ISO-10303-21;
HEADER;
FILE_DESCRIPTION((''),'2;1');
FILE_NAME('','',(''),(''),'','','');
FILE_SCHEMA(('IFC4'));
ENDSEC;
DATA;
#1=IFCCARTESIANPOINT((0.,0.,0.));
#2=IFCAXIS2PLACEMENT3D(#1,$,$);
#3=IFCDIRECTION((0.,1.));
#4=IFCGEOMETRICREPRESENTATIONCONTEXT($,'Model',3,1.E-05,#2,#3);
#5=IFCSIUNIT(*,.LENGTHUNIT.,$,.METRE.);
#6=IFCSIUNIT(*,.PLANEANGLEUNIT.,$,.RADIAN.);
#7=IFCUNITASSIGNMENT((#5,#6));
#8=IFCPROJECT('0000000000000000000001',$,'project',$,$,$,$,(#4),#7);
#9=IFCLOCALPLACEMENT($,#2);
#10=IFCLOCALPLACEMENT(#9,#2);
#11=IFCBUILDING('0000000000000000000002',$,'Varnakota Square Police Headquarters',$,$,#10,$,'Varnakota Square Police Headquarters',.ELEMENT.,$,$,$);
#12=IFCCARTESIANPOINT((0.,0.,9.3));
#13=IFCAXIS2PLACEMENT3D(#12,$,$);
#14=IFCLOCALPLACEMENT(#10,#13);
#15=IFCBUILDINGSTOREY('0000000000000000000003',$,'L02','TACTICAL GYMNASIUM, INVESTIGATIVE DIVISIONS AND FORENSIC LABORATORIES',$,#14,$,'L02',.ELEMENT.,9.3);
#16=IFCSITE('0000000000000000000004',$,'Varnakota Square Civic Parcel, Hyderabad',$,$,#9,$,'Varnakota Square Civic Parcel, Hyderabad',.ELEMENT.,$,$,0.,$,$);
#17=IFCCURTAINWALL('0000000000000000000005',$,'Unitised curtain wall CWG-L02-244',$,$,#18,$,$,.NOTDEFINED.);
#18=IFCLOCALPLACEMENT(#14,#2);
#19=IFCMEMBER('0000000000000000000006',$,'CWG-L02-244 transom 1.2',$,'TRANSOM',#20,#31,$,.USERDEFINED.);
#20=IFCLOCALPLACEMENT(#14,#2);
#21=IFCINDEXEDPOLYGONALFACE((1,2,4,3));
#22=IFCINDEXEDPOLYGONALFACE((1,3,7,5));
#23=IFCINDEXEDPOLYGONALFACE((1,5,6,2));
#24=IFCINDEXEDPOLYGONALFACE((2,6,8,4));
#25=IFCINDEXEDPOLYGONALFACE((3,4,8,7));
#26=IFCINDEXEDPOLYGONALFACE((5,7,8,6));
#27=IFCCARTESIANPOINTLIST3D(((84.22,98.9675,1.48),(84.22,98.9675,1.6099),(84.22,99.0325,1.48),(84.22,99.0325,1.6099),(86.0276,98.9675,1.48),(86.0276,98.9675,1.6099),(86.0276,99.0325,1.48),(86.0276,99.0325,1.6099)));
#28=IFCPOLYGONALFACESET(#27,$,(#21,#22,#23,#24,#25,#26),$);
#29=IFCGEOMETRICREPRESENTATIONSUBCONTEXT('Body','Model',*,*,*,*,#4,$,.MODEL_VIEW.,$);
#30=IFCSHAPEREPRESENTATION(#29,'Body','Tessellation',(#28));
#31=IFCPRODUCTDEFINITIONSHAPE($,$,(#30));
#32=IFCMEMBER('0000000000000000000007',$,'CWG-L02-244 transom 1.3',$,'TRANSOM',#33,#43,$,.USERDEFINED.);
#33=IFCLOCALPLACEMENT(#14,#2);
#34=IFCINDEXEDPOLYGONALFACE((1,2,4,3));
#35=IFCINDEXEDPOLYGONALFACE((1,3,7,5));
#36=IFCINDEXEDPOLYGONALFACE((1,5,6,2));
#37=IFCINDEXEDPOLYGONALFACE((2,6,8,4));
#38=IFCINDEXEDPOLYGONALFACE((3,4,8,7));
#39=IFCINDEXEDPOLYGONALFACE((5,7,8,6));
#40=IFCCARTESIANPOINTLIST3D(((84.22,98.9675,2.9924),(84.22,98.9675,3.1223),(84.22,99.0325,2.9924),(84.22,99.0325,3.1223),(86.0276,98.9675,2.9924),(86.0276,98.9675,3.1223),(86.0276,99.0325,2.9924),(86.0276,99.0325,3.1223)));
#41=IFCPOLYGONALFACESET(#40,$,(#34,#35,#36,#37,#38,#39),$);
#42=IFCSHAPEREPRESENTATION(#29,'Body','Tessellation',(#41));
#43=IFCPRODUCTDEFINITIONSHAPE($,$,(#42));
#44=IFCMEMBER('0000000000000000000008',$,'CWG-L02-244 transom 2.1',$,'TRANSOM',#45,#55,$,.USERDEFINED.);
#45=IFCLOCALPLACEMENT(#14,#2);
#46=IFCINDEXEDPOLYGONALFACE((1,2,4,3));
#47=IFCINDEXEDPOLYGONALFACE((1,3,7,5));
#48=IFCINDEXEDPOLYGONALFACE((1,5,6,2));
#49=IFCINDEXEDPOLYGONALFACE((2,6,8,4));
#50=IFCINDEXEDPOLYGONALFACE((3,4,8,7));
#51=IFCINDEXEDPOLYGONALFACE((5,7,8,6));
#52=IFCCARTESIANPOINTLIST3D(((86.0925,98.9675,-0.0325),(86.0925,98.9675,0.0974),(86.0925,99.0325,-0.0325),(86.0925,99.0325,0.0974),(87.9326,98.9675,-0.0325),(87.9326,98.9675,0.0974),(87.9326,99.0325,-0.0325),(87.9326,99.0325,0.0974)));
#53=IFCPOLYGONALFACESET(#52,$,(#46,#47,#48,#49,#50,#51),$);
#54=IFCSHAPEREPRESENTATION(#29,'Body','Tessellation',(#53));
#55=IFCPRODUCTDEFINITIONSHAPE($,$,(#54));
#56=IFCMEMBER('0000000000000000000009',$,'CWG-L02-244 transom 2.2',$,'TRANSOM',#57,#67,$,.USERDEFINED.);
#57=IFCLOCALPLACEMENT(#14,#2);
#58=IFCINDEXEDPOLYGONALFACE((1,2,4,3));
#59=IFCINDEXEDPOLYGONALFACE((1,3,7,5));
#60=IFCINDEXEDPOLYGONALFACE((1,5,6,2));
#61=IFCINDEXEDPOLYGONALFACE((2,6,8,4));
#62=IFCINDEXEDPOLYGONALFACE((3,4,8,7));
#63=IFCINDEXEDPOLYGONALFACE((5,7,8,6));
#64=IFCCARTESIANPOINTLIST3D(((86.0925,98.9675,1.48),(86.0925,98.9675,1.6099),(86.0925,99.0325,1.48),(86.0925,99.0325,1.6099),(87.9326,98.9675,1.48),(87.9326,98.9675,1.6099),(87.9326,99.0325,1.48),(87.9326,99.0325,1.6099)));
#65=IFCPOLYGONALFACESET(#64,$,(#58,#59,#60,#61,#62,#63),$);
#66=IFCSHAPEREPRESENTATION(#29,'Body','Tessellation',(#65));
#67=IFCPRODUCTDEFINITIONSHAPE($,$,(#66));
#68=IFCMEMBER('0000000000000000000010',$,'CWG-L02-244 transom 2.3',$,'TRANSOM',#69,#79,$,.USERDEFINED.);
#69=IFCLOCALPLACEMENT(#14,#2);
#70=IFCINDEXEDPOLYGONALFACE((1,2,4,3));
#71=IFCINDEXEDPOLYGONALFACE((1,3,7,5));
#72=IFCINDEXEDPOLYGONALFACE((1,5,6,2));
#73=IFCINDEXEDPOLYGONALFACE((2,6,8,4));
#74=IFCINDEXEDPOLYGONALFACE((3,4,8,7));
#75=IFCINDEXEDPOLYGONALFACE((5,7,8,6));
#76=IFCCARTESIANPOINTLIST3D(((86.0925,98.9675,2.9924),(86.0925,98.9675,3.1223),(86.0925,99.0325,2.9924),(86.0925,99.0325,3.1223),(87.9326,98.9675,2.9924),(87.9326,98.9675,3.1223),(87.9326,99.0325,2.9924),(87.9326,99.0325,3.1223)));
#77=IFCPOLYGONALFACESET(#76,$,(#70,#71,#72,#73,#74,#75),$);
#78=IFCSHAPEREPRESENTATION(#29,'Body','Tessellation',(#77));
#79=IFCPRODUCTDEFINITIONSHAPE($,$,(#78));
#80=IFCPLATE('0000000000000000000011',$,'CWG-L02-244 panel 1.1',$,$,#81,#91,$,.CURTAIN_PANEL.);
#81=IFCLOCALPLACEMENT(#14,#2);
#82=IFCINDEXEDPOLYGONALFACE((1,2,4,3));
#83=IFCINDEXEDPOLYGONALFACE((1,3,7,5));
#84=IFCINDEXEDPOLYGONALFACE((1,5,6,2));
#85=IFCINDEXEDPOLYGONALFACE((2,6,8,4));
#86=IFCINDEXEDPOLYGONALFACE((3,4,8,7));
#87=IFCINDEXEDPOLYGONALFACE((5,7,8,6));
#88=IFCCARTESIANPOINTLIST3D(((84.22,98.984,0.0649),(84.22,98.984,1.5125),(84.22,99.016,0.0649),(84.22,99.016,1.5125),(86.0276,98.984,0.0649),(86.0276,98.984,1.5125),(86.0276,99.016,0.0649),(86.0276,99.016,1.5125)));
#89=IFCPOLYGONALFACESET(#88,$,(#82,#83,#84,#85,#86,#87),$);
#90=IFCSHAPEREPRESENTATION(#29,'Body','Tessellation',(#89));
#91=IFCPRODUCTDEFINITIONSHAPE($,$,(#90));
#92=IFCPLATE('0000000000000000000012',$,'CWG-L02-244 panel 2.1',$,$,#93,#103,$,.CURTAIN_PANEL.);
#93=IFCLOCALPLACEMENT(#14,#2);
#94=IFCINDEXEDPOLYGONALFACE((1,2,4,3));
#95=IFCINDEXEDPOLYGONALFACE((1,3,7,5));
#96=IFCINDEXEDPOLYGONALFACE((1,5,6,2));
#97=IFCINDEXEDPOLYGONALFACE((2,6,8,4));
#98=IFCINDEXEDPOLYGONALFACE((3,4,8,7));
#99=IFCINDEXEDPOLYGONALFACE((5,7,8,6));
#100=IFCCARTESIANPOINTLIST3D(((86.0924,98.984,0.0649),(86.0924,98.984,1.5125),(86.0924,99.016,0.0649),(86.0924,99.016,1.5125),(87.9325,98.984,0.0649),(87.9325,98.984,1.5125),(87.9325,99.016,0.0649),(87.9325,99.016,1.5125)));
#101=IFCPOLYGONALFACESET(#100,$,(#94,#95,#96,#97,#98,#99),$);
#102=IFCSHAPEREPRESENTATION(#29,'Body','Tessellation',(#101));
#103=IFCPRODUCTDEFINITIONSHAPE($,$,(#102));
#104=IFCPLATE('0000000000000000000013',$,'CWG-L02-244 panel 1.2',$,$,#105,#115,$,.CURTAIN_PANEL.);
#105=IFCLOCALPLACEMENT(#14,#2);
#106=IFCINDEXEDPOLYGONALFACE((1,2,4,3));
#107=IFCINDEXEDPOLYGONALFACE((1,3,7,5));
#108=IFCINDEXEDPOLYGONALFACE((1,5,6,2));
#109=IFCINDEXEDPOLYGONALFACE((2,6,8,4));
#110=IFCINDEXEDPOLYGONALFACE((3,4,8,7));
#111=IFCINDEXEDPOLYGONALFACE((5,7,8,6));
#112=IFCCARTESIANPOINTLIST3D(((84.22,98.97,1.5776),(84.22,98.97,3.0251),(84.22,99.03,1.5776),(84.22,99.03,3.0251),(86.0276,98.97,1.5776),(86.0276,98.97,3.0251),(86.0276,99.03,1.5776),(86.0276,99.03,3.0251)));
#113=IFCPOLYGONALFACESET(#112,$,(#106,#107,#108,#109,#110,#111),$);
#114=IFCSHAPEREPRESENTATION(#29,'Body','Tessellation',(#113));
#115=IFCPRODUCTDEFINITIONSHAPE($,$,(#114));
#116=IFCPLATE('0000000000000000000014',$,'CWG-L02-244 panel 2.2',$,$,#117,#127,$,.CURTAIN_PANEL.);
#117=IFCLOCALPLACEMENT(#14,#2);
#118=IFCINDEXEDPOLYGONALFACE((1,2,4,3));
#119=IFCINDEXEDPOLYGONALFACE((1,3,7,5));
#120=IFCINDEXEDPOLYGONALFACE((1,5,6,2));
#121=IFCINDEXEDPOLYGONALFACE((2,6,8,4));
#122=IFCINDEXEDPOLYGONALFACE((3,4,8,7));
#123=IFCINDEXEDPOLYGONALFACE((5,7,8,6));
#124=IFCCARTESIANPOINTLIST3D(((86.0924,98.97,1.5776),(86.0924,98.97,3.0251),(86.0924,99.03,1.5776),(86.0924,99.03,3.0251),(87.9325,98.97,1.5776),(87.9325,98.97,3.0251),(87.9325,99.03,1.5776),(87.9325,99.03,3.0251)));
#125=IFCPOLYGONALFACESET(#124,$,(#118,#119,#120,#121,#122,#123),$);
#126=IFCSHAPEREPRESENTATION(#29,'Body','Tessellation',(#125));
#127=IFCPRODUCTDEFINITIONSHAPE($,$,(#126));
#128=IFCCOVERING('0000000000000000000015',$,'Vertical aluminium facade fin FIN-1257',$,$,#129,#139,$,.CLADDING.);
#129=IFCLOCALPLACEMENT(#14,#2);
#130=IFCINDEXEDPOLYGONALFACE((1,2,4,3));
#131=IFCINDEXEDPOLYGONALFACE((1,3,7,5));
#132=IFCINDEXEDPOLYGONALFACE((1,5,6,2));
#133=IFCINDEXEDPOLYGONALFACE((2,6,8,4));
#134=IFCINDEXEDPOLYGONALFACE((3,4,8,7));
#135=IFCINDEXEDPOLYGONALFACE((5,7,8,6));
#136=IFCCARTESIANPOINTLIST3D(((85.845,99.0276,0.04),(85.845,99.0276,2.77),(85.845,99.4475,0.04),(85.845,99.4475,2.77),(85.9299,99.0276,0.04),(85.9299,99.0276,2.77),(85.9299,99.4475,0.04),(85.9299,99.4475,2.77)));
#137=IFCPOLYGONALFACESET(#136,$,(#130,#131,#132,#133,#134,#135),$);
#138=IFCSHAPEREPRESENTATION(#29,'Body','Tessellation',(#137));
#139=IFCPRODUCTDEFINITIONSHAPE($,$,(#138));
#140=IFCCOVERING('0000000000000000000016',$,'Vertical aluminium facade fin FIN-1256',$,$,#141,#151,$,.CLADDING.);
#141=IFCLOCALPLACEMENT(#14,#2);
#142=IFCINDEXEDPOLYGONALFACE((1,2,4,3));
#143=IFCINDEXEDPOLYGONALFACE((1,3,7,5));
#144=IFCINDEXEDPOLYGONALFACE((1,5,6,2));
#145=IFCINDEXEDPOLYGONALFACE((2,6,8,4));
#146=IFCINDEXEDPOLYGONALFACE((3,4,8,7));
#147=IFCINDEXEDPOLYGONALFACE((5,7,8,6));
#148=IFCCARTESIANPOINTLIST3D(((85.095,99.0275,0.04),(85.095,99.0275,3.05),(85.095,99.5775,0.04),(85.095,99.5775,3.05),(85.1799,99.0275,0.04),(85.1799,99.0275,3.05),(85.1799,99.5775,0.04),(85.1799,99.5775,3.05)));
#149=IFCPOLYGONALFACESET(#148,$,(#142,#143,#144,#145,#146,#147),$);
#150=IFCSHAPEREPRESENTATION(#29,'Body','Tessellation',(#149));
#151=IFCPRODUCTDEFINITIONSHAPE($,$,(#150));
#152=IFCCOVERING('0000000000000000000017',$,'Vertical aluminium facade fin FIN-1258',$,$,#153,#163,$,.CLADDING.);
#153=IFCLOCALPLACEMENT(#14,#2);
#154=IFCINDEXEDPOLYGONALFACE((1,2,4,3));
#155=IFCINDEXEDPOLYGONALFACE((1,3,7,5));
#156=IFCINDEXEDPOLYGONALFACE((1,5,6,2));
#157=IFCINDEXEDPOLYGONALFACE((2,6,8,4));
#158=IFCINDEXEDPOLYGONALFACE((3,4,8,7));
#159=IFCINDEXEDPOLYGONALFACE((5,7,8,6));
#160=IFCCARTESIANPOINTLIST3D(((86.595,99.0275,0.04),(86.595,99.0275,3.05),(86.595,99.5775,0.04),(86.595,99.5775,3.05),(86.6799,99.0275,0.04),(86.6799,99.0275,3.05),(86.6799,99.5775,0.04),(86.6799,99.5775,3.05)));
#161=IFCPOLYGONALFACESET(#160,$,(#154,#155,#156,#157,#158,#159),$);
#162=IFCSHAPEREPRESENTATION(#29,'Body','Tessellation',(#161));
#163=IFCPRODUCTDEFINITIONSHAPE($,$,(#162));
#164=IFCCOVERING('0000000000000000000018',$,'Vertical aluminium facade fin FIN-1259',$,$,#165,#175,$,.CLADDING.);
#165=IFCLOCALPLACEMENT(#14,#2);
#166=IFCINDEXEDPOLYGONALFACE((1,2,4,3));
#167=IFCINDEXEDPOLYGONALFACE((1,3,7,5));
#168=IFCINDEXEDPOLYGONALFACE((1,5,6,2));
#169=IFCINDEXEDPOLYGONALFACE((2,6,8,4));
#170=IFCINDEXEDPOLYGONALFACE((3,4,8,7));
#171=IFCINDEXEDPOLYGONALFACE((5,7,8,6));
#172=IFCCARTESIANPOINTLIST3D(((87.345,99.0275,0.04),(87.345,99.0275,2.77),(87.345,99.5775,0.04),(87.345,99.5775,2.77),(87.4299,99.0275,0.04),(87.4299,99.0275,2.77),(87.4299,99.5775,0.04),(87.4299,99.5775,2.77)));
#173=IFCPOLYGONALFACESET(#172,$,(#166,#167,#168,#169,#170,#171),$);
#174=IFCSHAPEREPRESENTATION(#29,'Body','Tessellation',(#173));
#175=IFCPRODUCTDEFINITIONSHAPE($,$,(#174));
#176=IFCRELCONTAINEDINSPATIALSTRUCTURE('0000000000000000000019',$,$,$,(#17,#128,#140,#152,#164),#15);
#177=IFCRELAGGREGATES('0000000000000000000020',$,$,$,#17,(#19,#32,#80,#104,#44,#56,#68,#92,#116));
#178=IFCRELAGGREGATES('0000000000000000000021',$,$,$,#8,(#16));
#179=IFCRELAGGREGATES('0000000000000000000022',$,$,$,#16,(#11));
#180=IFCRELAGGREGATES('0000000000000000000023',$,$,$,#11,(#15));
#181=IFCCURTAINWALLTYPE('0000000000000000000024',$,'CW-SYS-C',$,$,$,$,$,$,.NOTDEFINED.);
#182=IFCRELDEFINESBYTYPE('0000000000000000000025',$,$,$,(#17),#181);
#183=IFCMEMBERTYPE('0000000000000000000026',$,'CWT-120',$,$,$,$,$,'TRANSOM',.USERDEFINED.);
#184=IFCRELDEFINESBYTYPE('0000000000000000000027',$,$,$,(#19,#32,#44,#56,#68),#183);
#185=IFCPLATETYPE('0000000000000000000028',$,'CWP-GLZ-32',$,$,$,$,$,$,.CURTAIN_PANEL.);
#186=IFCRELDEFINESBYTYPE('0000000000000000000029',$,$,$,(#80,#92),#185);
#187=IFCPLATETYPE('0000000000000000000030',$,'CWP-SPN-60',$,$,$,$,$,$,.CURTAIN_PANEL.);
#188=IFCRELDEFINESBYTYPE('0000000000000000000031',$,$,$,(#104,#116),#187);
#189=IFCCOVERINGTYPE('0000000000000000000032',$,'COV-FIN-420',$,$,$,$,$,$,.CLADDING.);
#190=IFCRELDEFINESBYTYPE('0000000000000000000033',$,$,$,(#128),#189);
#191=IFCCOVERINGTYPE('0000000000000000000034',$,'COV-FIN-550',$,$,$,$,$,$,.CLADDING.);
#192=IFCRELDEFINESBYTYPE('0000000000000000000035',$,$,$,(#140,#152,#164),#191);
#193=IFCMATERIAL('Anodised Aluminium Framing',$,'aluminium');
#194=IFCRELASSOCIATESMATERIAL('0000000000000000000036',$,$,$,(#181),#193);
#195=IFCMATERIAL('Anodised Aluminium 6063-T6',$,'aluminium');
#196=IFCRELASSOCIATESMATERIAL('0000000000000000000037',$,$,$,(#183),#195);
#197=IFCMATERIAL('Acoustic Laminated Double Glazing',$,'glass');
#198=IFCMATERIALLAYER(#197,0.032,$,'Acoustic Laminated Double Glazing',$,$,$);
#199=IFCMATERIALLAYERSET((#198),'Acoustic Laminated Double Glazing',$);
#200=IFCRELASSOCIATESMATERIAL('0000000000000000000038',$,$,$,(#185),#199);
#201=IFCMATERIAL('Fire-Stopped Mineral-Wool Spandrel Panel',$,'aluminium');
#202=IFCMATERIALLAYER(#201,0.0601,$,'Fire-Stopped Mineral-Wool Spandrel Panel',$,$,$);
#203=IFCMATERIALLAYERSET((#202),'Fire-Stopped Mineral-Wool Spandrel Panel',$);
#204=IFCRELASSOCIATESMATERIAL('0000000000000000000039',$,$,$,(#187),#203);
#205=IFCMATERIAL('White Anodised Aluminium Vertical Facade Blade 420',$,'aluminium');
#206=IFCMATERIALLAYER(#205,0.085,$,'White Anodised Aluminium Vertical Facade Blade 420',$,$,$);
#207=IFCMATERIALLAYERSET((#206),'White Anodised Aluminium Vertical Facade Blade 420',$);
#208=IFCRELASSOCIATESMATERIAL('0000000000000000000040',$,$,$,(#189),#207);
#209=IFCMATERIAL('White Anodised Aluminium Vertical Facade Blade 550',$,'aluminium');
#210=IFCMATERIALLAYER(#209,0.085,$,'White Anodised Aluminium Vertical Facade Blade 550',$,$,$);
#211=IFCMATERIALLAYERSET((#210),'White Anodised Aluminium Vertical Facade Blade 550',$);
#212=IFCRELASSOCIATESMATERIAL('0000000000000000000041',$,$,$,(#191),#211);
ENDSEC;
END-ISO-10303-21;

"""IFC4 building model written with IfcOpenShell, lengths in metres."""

from ifc_helpers import new_model, si_unit, direction, frame, origin, origin_2d, place, context, subcontext, project, spatial, rectangle, extrude, material, layer, layer_set, material_profile, profile_set, type_object, element, aggregate, save


model = new_model("IFC4")

# Units and contexts
model_context = context("Model", 3, precision=1e-05, world=origin(), true_north=direction((0.0, 1.0)))
body_context = subcontext(model_context, "Body", "Model", "MODEL_VIEW")
ifc_project = project(units=[si_unit("LENGTHUNIT", "METRE"), si_unit("PLANEANGLEUNIT", "RADIAN")], contexts=[model_context])

# Site, building, storey
site_placement = place(None, origin())
site = spatial("IfcSite", under=ifc_project, at=site_placement, Name="Varnakota Square Civic Parcel, Hyderabad", LongName="Varnakota Square Civic Parcel, Hyderabad", CompositionType="ELEMENT", RefElevation=0.0)
building_placement = place(site_placement, origin())
building = spatial("IfcBuilding", under=site, at=building_placement, Name="Varnakota Square Police Headquarters", LongName="Varnakota Square Police Headquarters", CompositionType="ELEMENT")
storey_placement = place(building_placement, frame((0.0, 0.0, 9.3)))
storey = spatial("IfcBuildingStorey", under=building, at=storey_placement, Name="L02", Description="TACTICAL GYMNASIUM, INVESTIGATIVE DIVISIONS AND FORENSIC LABORATORIES", LongName="L02", CompositionType="ELEMENT", Elevation=9.3)

# Curtain wall, members, plates
ifc_material_1 = material(Name="Anodised Aluminium Framing", Category="aluminium")
curtain_wall_type = type_object("IfcCurtainWallType", Name="CW-SYS-C", PredefinedType="NOTDEFINED", material=ifc_material_1)
curtain_wall_placement = place(storey_placement, origin())
curtain_wall = element("IfcCurtainWall", 1, at=curtain_wall_placement, inside=storey, type_object=curtain_wall_type, Name="Unitised curtain wall CWG-L02-244", PredefinedType="NOTDEFINED")
ifc_material_2 = material(Name="Anodised Aluminium 6063-T6", Category="aluminium")
ifc_material_profile_1 = material_profile(ifc_material_2, rectangle(XDim=0.0649, YDim=0.1299, at=origin_2d()), Name="ALU TRANSOM 65x130")
ifc_profile_set_1 = profile_set([ifc_material_profile_1], Name="Anodised Aluminium 6063-T6")
member_type_1 = type_object("IfcMemberType", Name="CWT-120", ElementType="TRANSOM", PredefinedType="USERDEFINED", material=ifc_profile_set_1)
member_1_placement = place(storey_placement, frame((84.22, 99.0, 1.5449), z_axis=(1.0, 0.0, 0.0), x_axis=(0.0, 1.0, 0.0)))
member_1 = element("IfcMember", 2, at=member_1_placement, type_object=member_type_1, Name="CWG-L02-244 transom 1.2", ObjectType="TRANSOM", PredefinedType="USERDEFINED", context=body_context, shape_type="SweptSolid", body=[
    extrude(rectangle(XDim=0.0649, YDim=0.1299, at=origin_2d()), origin(), (0.0, 0.0, 1.0), 1.8076),
])
member_2_placement = place(storey_placement, frame((84.22, 99.0, 3.0574), z_axis=(1.0, 0.0, 0.0), x_axis=(0.0, 1.0, 0.0)))
member_2 = element("IfcMember", 3, at=member_2_placement, type_object=member_type_1, Name="CWG-L02-244 transom 1.3", ObjectType="TRANSOM", PredefinedType="USERDEFINED", context=body_context, shape_type="SweptSolid", body=[
    extrude(rectangle(XDim=0.0649, YDim=0.1299, at=origin_2d()), origin(), (0.0, 0.0, 1.0), 1.8076),
])
member_3_placement = place(storey_placement, frame((86.0925, 99.0, 0.0325), z_axis=(1.0, 0.0, 0.0), x_axis=(0.0, 1.0, 0.0)))
member_3 = element("IfcMember", 4, at=member_3_placement, type_object=member_type_1, Name="CWG-L02-244 transom 2.1", ObjectType="TRANSOM", PredefinedType="USERDEFINED", context=body_context, shape_type="SweptSolid", body=[
    extrude(rectangle(XDim=0.0649, YDim=0.1299, at=origin_2d()), origin(), (0.0, 0.0, 1.0), 1.8401),
])
member_4_placement = place(storey_placement, frame((86.0925, 99.0, 1.5449), z_axis=(1.0, 0.0, 0.0), x_axis=(0.0, 1.0, 0.0)))
member_4 = element("IfcMember", 5, at=member_4_placement, type_object=member_type_1, Name="CWG-L02-244 transom 2.2", ObjectType="TRANSOM", PredefinedType="USERDEFINED", context=body_context, shape_type="SweptSolid", body=[
    extrude(rectangle(XDim=0.0649, YDim=0.1299, at=origin_2d()), origin(), (0.0, 0.0, 1.0), 1.8401),
])
member_5_placement = place(storey_placement, frame((86.0925, 99.0, 3.0574), z_axis=(1.0, 0.0, 0.0), x_axis=(0.0, 1.0, 0.0)))
member_5 = element("IfcMember", 6, at=member_5_placement, type_object=member_type_1, Name="CWG-L02-244 transom 2.3", ObjectType="TRANSOM", PredefinedType="USERDEFINED", context=body_context, shape_type="SweptSolid", body=[
    extrude(rectangle(XDim=0.0649, YDim=0.1299, at=origin_2d()), origin(), (0.0, 0.0, 1.0), 1.8401),
])
ifc_material_3 = material(Name="Acoustic Laminated Double Glazing", Category="glass")
ifc_layer_1 = layer(ifc_material_3, 0.032, Name="Acoustic Laminated Double Glazing")
ifc_layer_set_1 = layer_set([ifc_layer_1], Name="Acoustic Laminated Double Glazing")
plate_type_1 = type_object("IfcPlateType", Name="CWP-GLZ-32", PredefinedType="CURTAIN_PANEL", material=ifc_layer_set_1)
plate_1_placement = place(storey_placement, frame((85.1238, 99.0, 0.0649), z_axis=(0.0, 0.0, 1.0), x_axis=(1.0, 0.0, 0.0)))
plate_1 = element("IfcPlate", 7, at=plate_1_placement, type_object=plate_type_1, Name="CWG-L02-244 panel 1.1", PredefinedType="CURTAIN_PANEL", context=body_context, shape_type="SweptSolid", body=[
    extrude(rectangle(XDim=1.8076, YDim=0.032, at=origin_2d()), origin(), (0.0, 0.0, 1.0), 1.4475),
])
plate_2_placement = place(storey_placement, frame((87.0125, 99.0, 0.0649), z_axis=(0.0, 0.0, 1.0), x_axis=(1.0, 0.0, 0.0)))
plate_2 = element("IfcPlate", 8, at=plate_2_placement, type_object=plate_type_1, Name="CWG-L02-244 panel 2.1", PredefinedType="CURTAIN_PANEL", context=body_context, shape_type="SweptSolid", body=[
    extrude(rectangle(XDim=1.8401, YDim=0.032, at=origin_2d()), origin(), (0.0, 0.0, 1.0), 1.4475),
])
ifc_material_4 = material(Name="Fire-Stopped Mineral-Wool Spandrel Panel", Category="aluminium")
ifc_layer_2 = layer(ifc_material_4, 0.0601, Name="Fire-Stopped Mineral-Wool Spandrel Panel")
ifc_layer_set_2 = layer_set([ifc_layer_2], Name="Fire-Stopped Mineral-Wool Spandrel Panel")
plate_type_2 = type_object("IfcPlateType", Name="CWP-SPN-60", PredefinedType="CURTAIN_PANEL", material=ifc_layer_set_2)
plate_3_placement = place(storey_placement, frame((85.1238, 99.0, 1.5776), z_axis=(0.0, 0.0, 1.0), x_axis=(1.0, 0.0, 0.0)))
plate_3 = element("IfcPlate", 9, at=plate_3_placement, type_object=plate_type_2, Name="CWG-L02-244 panel 1.2", PredefinedType="CURTAIN_PANEL", context=body_context, shape_type="SweptSolid", body=[
    extrude(rectangle(XDim=1.8076, YDim=0.0601, at=origin_2d()), origin(), (0.0, 0.0, 1.0), 1.4475),
])
plate_4_placement = place(storey_placement, frame((87.0125, 99.0, 1.5776), z_axis=(0.0, 0.0, 1.0), x_axis=(1.0, 0.0, 0.0)))
plate_4 = element("IfcPlate", 10, at=plate_4_placement, type_object=plate_type_2, Name="CWG-L02-244 panel 2.2", PredefinedType="CURTAIN_PANEL", context=body_context, shape_type="SweptSolid", body=[
    extrude(rectangle(XDim=1.8401, YDim=0.0601, at=origin_2d()), origin(), (0.0, 0.0, 1.0), 1.4475),
])
aggregate(curtain_wall, [member_1, member_2, plate_1, plate_3, member_3, member_4, member_5, plate_2, plate_4])

# Coverings
ifc_material_5 = material(Name="White Anodised Aluminium Vertical Facade Blade 420", Category="aluminium")
ifc_layer_3 = layer(ifc_material_5, 0.085, Name="White Anodised Aluminium Vertical Facade Blade 420")
ifc_layer_set_3 = layer_set([ifc_layer_3], Name="White Anodised Aluminium Vertical Facade Blade 420")
covering_type_1 = type_object("IfcCoveringType", Name="COV-FIN-420", PredefinedType="CLADDING", material=ifc_layer_set_3)
covering_1_placement = place(storey_placement, frame((85.8875, 99.2375, 0.04), z_axis=(0.0, 0.0, 1.0), x_axis=(1.0, 0.0, 0.0)))
element("IfcCovering", 11, at=covering_1_placement, inside=storey, type_object=covering_type_1, Name="Vertical aluminium facade fin FIN-1257", PredefinedType="CLADDING", context=body_context, shape_type="SweptSolid", body=[
    extrude(rectangle(XDim=0.085, YDim=0.4199, at=origin_2d()), origin(), (0.0, 0.0, 1.0), 2.73),
])
ifc_material_6 = material(Name="White Anodised Aluminium Vertical Facade Blade 550", Category="aluminium")
ifc_layer_4 = layer(ifc_material_6, 0.085, Name="White Anodised Aluminium Vertical Facade Blade 550")
ifc_layer_set_4 = layer_set([ifc_layer_4], Name="White Anodised Aluminium Vertical Facade Blade 550")
covering_type_2 = type_object("IfcCoveringType", Name="COV-FIN-550", PredefinedType="CLADDING", material=ifc_layer_set_4)
for number, where, z_axis, x_axis, name in (
    (12, (85.1375, 99.3025, 0.04), (0.0, 0.0, 1.0), (1.0, 0.0, 0.0), "Vertical aluminium facade fin FIN-1256"),
    (13, (86.6375, 99.3025, 0.04), (0.0, 0.0, 1.0), (1.0, 0.0, 0.0), "Vertical aluminium facade fin FIN-1258"),
):
    element("IfcCovering", number, at=place(storey_placement, frame(where, z_axis=z_axis, x_axis=x_axis)), inside=storey, type_object=covering_type_2, Name=name, PredefinedType="CLADDING", context=body_context, shape_type="SweptSolid", body=[
        extrude(rectangle(XDim=0.085, YDim=0.55, at=origin_2d()), origin(), (0.0, 0.0, 1.0), 3.01),
    ])
covering_2_placement = place(storey_placement, frame((87.3875, 99.3025, 0.04), z_axis=(0.0, 0.0, 1.0), x_axis=(1.0, 0.0, 0.0)))
element("IfcCovering", 14, at=covering_2_placement, inside=storey, type_object=covering_type_2, Name="Vertical aluminium facade fin FIN-1259", PredefinedType="CLADDING", context=body_context, shape_type="SweptSolid", body=[
    extrude(rectangle(XDim=0.085, YDim=0.55, at=origin_2d()), origin(), (0.0, 0.0, 1.0), 2.73),
])

save(model, "model.ifc")
